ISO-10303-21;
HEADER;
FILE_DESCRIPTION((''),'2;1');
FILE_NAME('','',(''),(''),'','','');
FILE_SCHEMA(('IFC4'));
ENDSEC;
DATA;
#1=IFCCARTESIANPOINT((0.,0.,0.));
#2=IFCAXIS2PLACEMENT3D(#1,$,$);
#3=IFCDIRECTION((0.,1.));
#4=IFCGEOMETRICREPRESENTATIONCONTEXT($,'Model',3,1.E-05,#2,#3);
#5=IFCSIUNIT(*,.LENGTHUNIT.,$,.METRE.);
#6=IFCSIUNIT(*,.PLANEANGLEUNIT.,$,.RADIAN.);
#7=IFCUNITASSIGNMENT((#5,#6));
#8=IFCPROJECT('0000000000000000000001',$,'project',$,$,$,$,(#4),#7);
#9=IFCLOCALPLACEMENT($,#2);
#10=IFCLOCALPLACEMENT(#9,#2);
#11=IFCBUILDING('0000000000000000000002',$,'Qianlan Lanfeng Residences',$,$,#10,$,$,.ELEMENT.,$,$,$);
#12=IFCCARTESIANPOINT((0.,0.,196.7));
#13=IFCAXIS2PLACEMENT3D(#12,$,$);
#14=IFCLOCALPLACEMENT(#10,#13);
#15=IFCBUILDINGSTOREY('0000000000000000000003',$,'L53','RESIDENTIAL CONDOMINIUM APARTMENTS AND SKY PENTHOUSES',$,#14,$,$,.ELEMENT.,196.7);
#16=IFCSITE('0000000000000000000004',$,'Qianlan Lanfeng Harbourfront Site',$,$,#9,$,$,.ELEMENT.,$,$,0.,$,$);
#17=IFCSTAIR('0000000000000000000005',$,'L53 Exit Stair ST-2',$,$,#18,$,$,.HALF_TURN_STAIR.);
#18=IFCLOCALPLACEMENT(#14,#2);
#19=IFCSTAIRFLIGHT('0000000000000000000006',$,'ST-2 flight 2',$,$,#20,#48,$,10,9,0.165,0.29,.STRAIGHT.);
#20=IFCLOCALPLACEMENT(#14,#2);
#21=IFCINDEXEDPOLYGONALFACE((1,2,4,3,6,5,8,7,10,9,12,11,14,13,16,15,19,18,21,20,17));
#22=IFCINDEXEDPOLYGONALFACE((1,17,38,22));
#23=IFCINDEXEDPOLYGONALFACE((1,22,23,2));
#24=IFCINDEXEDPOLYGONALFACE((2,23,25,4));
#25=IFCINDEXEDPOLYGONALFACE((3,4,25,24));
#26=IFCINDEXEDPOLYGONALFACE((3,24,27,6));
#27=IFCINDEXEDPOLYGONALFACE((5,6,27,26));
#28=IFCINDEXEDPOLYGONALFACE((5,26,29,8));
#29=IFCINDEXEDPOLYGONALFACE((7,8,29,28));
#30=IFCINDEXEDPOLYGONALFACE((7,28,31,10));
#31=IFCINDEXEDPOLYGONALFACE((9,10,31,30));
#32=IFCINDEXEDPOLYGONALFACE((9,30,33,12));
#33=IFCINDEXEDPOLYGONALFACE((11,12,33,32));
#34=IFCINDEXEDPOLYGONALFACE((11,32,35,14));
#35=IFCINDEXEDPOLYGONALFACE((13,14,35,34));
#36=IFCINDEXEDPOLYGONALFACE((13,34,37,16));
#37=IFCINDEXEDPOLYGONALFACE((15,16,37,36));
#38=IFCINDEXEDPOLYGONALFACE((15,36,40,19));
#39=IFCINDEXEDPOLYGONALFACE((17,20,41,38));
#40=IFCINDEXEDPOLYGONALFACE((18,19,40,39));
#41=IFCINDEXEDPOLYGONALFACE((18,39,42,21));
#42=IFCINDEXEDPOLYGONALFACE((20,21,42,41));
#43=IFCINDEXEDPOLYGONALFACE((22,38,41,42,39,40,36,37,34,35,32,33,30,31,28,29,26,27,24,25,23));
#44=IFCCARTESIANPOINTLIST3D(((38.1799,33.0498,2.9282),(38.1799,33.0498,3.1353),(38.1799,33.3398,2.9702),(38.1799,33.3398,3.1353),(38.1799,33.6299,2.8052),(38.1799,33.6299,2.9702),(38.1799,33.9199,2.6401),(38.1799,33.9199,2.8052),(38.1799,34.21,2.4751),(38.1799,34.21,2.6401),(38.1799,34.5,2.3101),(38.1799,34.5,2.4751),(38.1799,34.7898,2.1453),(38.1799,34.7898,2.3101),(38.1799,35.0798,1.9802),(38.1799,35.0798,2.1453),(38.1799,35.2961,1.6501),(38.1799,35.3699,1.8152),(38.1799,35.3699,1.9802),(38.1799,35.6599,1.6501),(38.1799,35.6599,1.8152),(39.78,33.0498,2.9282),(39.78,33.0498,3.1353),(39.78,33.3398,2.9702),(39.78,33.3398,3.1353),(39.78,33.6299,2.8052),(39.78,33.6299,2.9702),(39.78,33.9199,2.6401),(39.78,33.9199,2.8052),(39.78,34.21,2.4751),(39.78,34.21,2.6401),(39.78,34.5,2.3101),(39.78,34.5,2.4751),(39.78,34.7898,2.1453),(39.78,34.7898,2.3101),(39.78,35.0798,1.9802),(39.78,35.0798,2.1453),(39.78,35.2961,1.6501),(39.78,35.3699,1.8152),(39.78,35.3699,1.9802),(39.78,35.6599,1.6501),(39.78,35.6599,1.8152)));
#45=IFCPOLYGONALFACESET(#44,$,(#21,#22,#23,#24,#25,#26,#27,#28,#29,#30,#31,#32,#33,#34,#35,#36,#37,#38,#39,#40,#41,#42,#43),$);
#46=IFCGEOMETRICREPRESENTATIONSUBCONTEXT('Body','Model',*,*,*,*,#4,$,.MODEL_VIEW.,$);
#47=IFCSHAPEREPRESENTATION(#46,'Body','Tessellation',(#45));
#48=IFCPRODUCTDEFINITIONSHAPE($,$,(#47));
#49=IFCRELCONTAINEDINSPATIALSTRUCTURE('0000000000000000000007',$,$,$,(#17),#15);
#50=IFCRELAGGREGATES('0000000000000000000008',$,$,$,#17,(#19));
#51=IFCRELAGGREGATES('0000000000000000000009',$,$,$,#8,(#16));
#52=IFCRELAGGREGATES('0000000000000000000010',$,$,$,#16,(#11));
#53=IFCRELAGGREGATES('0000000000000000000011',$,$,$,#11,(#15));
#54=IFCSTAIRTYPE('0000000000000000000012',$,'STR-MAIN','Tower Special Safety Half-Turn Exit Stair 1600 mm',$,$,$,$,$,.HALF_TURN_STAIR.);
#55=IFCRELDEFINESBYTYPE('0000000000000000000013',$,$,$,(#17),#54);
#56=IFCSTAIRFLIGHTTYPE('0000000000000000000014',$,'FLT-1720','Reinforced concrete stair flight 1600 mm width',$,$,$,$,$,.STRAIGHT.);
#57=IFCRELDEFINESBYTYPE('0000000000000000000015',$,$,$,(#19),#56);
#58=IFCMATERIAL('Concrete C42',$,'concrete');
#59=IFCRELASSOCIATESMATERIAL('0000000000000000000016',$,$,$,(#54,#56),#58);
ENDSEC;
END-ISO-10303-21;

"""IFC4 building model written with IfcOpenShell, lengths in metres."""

from ifc_helpers import new_model, si_unit, direction, frame, origin, place, context, subcontext, project, spatial, polyline, outline, extrude, material, type_object, element, aggregate, save


model = new_model("IFC4")

# Units and contexts
model_context = context("Model", 3, precision=1e-05, world=origin(), true_north=direction((0.0, 1.0)))
body_context = subcontext(model_context, "Body", "Model", "MODEL_VIEW")
ifc_project = project(units=[si_unit("LENGTHUNIT", "METRE"), si_unit("PLANEANGLEUNIT", "RADIAN")], contexts=[model_context])

# Site, building, storey
site_placement = place(None, origin())
site = spatial("IfcSite", under=ifc_project, at=site_placement, Name="Qianlan Lanfeng Harbourfront Site", CompositionType="ELEMENT", RefElevation=0.0)
building_placement = place(site_placement, origin())
building = spatial("IfcBuilding", under=site, at=building_placement, Name="Qianlan Lanfeng Residences", CompositionType="ELEMENT")
storey_placement = place(building_placement, frame((0.0, 0.0, 196.7)))
storey = spatial("IfcBuildingStorey", under=building, at=storey_placement, Name="L53", Description="RESIDENTIAL CONDOMINIUM APARTMENTS AND SKY PENTHOUSES", CompositionType="ELEMENT", Elevation=196.7)

# Shared definitions
ifc_material_1 = material(Name="Concrete C42", Category="concrete")

# Stair, stair flight
stair_type = type_object("IfcStairType", Name="STR-MAIN", Description="Tower Special Safety Half-Turn Exit Stair 1600 mm", PredefinedType="HALF_TURN_STAIR", material=ifc_material_1)
stair_placement = place(storey_placement, origin())
stair = element("IfcStair", 1, at=stair_placement, inside=storey, type_object=stair_type, Name="L53 Exit Stair ST-2", PredefinedType="HALF_TURN_STAIR")
stair_flight_type = type_object("IfcStairFlightType", Name="FLT-1720", Description="Reinforced concrete stair flight 1600 mm width", PredefinedType="STRAIGHT", material=ifc_material_1)
stair_flight_1_placement = place(storey_placement, frame((38.98, 35.6599, 1.6501), z_axis=(0.0, 0.0, 1.0), x_axis=(0.0, -1.0, 0.0)))
stair_flight_1 = element("IfcStairFlight", 2, at=stair_flight_1_placement, type_object=stair_flight_type, Name="ST-2 flight 2", NumberOfRisers=10, NumberOfTreads=9, PredefinedType="STRAIGHT", RiserHeight=0.165, TreadLength=0.29, context=body_context, shape_type="SweptSolid", body=[
    extrude(outline(polyline([(0.0, 0.0), (0.0, 0.165), (0.29, 0.165), (0.29, 0.3301), (0.5801, 0.3301), (0.5801, 0.4951), (0.8701, 0.4951), (0.8701, 0.6599), (1.1599, 0.6599), (1.1599, 0.825), (1.45, 0.825), (1.45, 0.99), (1.74, 0.99), (1.74, 1.155), (2.03, 1.155), (2.03, 1.3201), (2.3201, 1.3201), (2.3201, 1.4851), (2.6101, 1.4851), (2.6101, 1.6499), (2.6101, 1.2781), (0.3638, 0.0), (0.0, 0.0)])), frame((0.0, 0.8, 0.0), z_axis=(0.0, -1.0, 0.0), x_axis=(1.0, 0.0, 0.0)), (0.0, 0.0, 1.0), 1.6001),
])
aggregate(stair, [stair_flight_1])

save(model, "model.ifc")
